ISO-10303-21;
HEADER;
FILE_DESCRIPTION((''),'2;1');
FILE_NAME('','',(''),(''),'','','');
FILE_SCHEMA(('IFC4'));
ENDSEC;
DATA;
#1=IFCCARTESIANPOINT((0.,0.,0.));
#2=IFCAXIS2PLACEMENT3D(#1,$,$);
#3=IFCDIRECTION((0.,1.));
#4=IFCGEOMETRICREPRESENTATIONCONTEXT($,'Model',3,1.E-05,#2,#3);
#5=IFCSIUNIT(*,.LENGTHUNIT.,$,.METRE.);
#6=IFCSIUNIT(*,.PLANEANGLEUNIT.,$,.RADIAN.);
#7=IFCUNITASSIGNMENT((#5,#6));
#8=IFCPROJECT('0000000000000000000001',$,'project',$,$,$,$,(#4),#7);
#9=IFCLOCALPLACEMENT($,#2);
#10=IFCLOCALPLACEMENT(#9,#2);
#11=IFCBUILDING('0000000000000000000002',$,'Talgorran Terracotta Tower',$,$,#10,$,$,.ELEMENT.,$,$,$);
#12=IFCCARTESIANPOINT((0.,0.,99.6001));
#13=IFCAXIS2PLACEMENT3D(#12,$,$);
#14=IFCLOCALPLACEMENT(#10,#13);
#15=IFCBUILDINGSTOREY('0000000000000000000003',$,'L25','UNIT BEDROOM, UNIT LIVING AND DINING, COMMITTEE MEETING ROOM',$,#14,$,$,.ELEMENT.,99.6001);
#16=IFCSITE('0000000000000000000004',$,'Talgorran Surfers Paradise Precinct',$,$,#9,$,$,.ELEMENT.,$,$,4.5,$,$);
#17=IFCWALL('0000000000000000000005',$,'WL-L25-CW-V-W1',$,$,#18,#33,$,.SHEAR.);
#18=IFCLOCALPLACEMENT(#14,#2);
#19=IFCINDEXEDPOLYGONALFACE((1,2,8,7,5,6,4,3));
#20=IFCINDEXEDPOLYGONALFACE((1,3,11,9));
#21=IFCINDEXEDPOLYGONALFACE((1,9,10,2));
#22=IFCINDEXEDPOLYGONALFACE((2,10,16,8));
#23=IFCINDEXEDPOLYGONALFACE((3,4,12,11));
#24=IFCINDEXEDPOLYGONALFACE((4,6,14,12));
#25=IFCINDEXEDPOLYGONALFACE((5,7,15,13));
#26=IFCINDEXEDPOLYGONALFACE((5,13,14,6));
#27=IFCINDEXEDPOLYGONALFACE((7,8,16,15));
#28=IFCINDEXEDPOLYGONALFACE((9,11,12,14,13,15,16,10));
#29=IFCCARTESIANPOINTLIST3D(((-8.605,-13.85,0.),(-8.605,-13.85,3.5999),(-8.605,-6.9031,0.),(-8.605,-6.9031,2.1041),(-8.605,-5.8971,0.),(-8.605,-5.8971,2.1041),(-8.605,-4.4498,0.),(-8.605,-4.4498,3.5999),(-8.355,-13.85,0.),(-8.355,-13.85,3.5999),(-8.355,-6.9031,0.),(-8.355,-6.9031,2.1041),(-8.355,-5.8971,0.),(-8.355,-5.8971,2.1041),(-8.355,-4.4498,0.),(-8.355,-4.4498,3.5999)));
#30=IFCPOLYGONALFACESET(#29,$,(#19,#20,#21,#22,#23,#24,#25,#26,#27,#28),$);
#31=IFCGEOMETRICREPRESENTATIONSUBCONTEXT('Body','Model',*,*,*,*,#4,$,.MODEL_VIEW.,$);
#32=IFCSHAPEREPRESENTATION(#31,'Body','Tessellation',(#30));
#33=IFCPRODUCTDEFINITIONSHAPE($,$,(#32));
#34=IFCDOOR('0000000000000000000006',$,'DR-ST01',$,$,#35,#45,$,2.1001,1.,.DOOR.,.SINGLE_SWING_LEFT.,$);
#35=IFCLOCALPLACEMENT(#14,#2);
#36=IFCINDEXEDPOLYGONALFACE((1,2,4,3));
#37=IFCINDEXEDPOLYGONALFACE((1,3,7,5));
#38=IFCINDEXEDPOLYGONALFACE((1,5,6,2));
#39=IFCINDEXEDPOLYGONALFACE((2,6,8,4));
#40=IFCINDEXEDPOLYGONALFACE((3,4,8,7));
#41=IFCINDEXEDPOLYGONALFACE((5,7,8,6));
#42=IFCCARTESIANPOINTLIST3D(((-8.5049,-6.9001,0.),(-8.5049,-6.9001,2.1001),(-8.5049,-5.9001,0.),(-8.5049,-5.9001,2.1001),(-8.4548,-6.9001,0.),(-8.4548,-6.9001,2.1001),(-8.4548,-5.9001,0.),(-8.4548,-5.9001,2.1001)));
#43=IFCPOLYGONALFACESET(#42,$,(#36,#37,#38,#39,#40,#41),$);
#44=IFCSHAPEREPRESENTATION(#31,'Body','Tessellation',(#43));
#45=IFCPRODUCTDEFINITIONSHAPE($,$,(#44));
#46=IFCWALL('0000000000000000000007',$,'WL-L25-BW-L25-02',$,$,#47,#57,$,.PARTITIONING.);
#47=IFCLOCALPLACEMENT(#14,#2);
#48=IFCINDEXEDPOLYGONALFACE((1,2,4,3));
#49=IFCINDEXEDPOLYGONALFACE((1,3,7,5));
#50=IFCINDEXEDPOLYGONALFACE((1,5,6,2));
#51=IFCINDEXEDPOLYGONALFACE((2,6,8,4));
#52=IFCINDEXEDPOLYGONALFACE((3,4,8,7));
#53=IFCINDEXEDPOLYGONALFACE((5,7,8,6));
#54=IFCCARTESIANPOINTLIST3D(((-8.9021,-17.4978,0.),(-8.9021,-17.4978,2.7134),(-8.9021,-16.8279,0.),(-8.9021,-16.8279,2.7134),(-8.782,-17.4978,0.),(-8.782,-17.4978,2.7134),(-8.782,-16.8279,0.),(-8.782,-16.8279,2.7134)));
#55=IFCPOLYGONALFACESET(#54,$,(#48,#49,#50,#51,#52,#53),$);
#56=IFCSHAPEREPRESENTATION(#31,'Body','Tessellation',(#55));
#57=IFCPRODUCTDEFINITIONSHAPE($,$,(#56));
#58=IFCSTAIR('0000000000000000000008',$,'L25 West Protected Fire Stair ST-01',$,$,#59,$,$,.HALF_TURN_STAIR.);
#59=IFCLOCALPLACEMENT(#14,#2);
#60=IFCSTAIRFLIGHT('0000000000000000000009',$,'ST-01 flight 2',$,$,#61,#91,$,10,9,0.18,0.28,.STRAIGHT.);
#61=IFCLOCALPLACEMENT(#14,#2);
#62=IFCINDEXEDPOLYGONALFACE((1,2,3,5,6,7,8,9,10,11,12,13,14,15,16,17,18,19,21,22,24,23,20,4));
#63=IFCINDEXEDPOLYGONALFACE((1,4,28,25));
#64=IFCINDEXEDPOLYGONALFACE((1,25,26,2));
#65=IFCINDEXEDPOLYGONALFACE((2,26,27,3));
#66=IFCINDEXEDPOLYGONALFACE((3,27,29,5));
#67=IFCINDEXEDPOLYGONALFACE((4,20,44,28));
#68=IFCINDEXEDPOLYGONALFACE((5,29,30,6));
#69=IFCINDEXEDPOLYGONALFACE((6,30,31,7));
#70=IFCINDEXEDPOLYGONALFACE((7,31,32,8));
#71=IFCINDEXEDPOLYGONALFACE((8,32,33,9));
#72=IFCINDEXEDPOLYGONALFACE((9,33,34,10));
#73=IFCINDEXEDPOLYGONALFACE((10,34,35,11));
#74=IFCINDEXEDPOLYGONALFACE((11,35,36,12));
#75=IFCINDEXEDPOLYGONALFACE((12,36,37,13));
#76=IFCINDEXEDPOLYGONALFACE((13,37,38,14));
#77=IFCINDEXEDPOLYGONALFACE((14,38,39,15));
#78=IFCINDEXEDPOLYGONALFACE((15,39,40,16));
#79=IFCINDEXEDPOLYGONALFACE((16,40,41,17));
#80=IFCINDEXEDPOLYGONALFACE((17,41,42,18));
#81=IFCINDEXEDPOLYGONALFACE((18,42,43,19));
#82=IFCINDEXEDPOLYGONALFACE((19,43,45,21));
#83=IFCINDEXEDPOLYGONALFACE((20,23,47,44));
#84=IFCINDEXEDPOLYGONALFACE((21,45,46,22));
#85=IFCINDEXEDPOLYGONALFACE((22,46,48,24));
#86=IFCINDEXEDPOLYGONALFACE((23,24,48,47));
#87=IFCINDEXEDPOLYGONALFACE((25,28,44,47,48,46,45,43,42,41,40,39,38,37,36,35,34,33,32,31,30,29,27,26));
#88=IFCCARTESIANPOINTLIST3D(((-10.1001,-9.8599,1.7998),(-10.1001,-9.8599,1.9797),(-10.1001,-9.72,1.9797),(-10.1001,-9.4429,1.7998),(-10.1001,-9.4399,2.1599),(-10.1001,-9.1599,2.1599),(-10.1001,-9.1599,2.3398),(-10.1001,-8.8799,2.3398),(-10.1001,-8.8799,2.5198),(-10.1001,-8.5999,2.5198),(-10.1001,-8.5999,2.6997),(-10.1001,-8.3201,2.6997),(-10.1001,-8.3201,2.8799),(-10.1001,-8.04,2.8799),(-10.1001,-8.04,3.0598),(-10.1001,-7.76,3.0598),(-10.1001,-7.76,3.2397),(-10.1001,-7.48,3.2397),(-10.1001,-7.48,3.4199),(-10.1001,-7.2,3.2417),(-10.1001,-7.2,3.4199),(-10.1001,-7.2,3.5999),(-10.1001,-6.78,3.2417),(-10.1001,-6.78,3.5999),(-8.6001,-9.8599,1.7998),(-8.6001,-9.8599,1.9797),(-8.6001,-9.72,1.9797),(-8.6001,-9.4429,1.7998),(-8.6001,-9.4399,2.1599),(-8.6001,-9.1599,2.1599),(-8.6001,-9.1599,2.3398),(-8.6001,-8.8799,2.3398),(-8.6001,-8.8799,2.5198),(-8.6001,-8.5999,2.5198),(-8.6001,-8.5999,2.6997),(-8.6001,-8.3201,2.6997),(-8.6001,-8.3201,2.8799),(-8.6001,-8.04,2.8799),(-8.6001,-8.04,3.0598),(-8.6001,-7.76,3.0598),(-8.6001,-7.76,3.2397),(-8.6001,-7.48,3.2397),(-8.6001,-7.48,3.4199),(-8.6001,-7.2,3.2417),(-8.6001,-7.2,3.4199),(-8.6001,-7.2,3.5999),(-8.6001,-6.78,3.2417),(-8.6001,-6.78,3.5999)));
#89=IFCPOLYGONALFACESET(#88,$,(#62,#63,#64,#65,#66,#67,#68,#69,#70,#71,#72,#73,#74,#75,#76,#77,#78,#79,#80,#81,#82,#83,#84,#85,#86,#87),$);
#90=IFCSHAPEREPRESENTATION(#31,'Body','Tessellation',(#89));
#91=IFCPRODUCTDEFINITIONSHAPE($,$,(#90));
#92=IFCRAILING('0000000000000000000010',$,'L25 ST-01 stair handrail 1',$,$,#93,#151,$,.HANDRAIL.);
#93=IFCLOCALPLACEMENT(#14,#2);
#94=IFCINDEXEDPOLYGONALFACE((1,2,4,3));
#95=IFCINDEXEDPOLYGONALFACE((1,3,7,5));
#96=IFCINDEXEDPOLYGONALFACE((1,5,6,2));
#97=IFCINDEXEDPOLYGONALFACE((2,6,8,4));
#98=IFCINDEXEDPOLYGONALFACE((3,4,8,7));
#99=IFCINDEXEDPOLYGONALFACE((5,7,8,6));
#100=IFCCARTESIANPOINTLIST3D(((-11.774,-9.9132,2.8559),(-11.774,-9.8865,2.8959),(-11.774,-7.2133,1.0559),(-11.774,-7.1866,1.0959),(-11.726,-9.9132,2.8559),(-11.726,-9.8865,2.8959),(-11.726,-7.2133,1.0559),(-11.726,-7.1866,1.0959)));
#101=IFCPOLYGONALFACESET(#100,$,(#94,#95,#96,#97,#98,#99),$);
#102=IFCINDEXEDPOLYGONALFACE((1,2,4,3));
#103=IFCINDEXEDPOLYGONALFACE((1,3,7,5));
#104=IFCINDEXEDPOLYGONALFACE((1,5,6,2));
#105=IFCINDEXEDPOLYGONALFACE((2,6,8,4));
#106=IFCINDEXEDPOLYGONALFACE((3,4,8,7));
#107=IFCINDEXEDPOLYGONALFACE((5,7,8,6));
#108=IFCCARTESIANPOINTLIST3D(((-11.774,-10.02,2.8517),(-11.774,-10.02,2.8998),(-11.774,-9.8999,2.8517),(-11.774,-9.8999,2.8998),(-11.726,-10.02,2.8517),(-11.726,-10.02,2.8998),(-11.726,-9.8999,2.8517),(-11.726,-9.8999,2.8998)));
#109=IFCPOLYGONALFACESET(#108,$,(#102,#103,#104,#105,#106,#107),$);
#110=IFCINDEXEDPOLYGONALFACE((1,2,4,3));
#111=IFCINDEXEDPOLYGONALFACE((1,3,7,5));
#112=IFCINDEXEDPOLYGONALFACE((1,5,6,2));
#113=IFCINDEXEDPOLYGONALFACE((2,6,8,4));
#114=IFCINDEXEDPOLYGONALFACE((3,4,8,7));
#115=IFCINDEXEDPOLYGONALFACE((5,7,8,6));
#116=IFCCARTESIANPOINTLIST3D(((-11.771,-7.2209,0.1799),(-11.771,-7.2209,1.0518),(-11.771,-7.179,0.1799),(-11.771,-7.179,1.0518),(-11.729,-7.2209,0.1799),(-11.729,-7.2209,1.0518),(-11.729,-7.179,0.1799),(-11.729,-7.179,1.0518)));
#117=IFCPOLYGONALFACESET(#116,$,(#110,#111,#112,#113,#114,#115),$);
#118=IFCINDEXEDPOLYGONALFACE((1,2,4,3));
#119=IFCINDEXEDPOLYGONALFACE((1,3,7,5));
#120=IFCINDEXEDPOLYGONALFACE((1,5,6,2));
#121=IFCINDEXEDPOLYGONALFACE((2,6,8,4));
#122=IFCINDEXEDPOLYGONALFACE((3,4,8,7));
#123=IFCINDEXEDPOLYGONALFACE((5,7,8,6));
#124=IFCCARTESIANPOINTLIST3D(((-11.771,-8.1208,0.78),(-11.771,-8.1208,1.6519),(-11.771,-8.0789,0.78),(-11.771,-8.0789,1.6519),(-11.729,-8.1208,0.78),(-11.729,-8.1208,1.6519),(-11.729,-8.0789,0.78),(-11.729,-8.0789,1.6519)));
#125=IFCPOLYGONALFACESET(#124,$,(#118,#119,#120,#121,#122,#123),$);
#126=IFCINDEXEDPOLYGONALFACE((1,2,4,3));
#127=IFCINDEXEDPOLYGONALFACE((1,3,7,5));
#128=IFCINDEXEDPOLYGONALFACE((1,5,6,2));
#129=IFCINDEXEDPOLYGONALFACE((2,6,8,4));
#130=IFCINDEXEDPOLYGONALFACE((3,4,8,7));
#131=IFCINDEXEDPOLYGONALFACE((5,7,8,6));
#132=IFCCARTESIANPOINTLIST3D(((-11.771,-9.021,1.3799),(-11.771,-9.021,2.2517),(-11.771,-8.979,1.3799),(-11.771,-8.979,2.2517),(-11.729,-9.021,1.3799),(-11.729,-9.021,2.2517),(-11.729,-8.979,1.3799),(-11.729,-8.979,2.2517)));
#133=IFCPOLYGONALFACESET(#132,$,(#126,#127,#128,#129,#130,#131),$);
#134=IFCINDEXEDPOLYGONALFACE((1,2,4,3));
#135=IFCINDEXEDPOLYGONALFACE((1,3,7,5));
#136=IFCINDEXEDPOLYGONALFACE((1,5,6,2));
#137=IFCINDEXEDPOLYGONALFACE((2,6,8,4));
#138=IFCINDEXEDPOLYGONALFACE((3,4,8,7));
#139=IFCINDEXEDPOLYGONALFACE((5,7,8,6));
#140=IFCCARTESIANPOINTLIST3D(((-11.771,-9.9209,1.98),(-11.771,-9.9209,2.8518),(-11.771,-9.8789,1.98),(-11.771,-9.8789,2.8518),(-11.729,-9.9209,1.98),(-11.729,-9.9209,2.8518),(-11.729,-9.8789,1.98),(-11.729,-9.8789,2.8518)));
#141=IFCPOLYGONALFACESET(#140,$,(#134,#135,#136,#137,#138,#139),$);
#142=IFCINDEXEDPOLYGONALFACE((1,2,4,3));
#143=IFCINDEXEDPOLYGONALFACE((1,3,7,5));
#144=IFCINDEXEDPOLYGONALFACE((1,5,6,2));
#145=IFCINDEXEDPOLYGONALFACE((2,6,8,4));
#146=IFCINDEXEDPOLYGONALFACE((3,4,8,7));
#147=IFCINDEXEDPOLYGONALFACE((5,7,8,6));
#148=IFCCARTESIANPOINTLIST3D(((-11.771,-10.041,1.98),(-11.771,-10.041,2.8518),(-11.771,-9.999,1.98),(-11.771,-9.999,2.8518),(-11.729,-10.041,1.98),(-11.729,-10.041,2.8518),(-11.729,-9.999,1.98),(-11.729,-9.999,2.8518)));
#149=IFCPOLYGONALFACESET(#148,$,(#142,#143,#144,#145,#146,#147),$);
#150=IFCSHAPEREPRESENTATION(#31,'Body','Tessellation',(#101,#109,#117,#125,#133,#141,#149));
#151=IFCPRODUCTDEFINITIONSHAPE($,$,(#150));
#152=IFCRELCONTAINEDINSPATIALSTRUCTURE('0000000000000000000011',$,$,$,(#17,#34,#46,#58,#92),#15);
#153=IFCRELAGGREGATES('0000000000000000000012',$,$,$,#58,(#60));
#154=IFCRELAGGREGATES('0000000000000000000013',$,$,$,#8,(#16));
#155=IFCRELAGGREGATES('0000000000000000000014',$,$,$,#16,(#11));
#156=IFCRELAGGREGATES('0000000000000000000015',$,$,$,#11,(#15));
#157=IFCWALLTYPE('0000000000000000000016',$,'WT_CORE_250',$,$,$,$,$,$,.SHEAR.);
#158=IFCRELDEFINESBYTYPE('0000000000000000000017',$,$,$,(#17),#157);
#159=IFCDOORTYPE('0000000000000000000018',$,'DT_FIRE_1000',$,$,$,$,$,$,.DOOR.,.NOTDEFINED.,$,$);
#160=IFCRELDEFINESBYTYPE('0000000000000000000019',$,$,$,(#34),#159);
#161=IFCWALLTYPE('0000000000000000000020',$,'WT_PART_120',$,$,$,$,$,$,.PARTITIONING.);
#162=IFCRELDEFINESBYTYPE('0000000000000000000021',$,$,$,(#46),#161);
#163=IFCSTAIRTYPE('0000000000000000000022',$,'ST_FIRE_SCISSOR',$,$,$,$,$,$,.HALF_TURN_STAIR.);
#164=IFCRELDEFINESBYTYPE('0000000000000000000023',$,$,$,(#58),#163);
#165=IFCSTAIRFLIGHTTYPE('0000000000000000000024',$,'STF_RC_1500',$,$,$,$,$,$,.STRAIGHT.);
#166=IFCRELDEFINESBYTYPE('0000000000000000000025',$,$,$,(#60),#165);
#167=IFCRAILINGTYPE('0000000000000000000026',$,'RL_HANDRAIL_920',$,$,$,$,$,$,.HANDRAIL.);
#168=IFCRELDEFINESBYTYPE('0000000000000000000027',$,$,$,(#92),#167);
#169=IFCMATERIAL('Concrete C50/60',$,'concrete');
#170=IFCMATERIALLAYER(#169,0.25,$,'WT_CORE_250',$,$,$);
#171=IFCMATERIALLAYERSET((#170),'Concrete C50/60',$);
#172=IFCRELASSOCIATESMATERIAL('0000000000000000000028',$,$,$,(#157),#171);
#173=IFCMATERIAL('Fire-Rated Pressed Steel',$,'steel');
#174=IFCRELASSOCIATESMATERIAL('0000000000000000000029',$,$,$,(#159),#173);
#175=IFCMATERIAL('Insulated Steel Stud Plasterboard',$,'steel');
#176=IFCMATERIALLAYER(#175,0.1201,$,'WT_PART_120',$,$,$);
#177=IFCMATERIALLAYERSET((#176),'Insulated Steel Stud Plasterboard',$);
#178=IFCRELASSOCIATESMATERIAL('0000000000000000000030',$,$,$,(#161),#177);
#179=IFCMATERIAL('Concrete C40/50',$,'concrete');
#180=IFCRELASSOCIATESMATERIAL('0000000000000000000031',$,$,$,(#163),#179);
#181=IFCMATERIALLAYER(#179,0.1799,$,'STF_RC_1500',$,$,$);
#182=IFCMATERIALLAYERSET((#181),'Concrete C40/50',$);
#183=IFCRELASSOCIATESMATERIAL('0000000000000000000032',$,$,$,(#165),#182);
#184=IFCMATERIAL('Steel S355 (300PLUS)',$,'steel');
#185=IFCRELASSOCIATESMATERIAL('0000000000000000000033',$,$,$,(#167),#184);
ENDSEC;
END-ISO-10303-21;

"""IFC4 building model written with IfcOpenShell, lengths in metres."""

from ifc_helpers import new_model, si_unit, direction, frame, frame_2d, origin, origin_2d, place, context, subcontext, project, spatial, polyline, rectangle, outline, extrude, material, layer, layer_set, type_object, element, fill, aggregate, save


model = new_model("IFC4")

# Units and contexts
model_context = context("Model", 3, precision=1e-05, world=origin(), true_north=direction((0.0, 1.0)))
body_context = subcontext(model_context, "Body", "Model", "MODEL_VIEW")
ifc_project = project(units=[si_unit("LENGTHUNIT", "METRE"), si_unit("PLANEANGLEUNIT", "RADIAN")], contexts=[model_context])

# Site, building, storey
site_placement = place(None, origin())
site = spatial("IfcSite", under=ifc_project, at=site_placement, Name="Talgorran Surfers Paradise Precinct", CompositionType="ELEMENT", RefElevation=4.5)
building_placement = place(site_placement, origin())
building = spatial("IfcBuilding", under=site, at=building_placement, Name="Talgorran Terracotta Tower", CompositionType="ELEMENT")
storey_placement = place(building_placement, frame((0.0, 0.0, 99.6001)))
storey = spatial("IfcBuildingStorey", under=building, at=storey_placement, Name="L25", Description="UNIT BEDROOM, UNIT LIVING AND DINING, COMMITTEE MEETING ROOM", CompositionType="ELEMENT", Elevation=99.6001)

# Shared definitions
ifc_material_1 = material(Name="Steel S355 (300PLUS)", Category="steel")

# Shared definitions
ifc_material_2 = material(Name="Concrete C50/60", Category="concrete")

# Shared definitions
ifc_material_3 = material(Name="Fire-Rated Pressed Steel", Category="steel")

# Wall, opening, door
ifc_layer_1 = layer(ifc_material_2, 0.25, Name="WT_CORE_250")
ifc_layer_set_1 = layer_set([ifc_layer_1], Name="Concrete C50/60")
wall_type_1 = type_object("IfcWallType", Name="WT_CORE_250", PredefinedType="SHEAR", material=ifc_layer_set_1)
wall_1_placement = place(storey_placement, frame((-8.48, -13.8501, 0.0), z_axis=(0.0, 0.0, 1.0), x_axis=(0.0, 1.0, 0.0)))
wall_1 = element("IfcWall", 1, at=wall_1_placement, inside=storey, type_object=wall_type_1, Name="WL-L25-CW-V-W1", PredefinedType="SHEAR", context=body_context, shape_type="SweptSolid", body=[
    extrude(rectangle(XDim=9.4001, YDim=0.25, at=frame_2d((4.7002, 0.0))), origin(), (0.0, 0.0, 1.0), 3.5999),
])
opening_1_placement = place(wall_1_placement, frame((6.95, 0.0, 0.0)))
opening_1 = element("IfcOpeningElement", 2, at=opening_1_placement, cuts=wall_1, PredefinedType="OPENING", context=body_context, shape_type="SweptSolid", body=[
    extrude(rectangle(XDim=1.006, YDim=2.1041, at=frame_2d((0.5, 1.052))), frame((0.0, 0.135, 0.0), z_axis=(0.0, -1.0, 0.0), x_axis=(1.0, 0.0, 0.0)), (0.0, 0.0, 1.0), 0.27),
])
door_type_1 = type_object("IfcDoorType", Name="DT_FIRE_1000", OperationType="NOTDEFINED", PredefinedType="DOOR", material=ifc_material_3)
door_1_placement = place(opening_1_placement, origin())
door_1 = element("IfcDoor", 3, at=door_1_placement, inside=storey, type_object=door_type_1, Name="DR-ST01", OperationType="SINGLE_SWING_LEFT", OverallHeight=2.1001, OverallWidth=1.0, PredefinedType="DOOR", context=body_context, shape_type="SweptSolid", body=[
    extrude(rectangle(XDim=1.0, YDim=2.1001, at=frame_2d((0.5, 1.05))), frame((0.0, 0.0249, 0.0), z_axis=(0.0, -1.0, 0.0), x_axis=(1.0, 0.0, 0.0)), (0.0, 0.0, 1.0), 0.05),
])
fill(opening_1, door_1)

# Wall
ifc_material_4 = material(Name="Insulated Steel Stud Plasterboard", Category="steel")
ifc_layer_2 = layer(ifc_material_4, 0.1201, Name="WT_PART_120")
ifc_layer_set_2 = layer_set([ifc_layer_2], Name="Insulated Steel Stud Plasterboard")
wall_type_2 = type_object("IfcWallType", Name="WT_PART_120", PredefinedType="PARTITIONING", material=ifc_layer_set_2)
wall_2_placement = place(storey_placement, frame((-8.842, -16.8279, 0.0), z_axis=(0.0, 0.0, 1.0), x_axis=(0.0, -1.0, 0.0)))
element("IfcWall", 4, at=wall_2_placement, inside=storey, type_object=wall_type_2, Name="WL-L25-BW-L25-02", PredefinedType="PARTITIONING", context=body_context, shape_type="SweptSolid", body=[
    extrude(rectangle(XDim=0.6699, YDim=0.1201, at=frame_2d((0.335, 0.0))), origin(), (0.0, 0.0, 1.0), 2.7134),
])

# Stair, stair flight
ifc_material_5 = material(Name="Concrete C40/50", Category="concrete")
stair_type = type_object("IfcStairType", Name="ST_FIRE_SCISSOR", PredefinedType="HALF_TURN_STAIR", material=ifc_material_5)
stair_placement = place(storey_placement, origin())
stair = element("IfcStair", 5, at=stair_placement, inside=storey, type_object=stair_type, Name="L25 West Protected Fire Stair ST-01", PredefinedType="HALF_TURN_STAIR")
ifc_layer_3 = layer(ifc_material_5, 0.1799, Name="STF_RC_1500")
ifc_layer_set_3 = layer_set([ifc_layer_3], Name="Concrete C40/50")
stair_flight_type = type_object("IfcStairFlightType", Name="STF_RC_1500", PredefinedType="STRAIGHT", material=ifc_layer_set_3)
stair_flight_placement = place(storey_placement, frame((-9.3501, -9.72, 1.7998), z_axis=(0.0, 0.0, 1.0), x_axis=(0.0, 1.0, 0.0)))
stair_flight = element("IfcStairFlight", 6, at=stair_flight_placement, type_object=stair_flight_type, Name="ST-01 flight 2", NumberOfRisers=10, NumberOfTreads=9, PredefinedType="STRAIGHT", RiserHeight=0.18, TreadLength=0.28, context=body_context, shape_type="SweptSolid", body=[
    extrude(outline(polyline([(-0.1399, 0.0), (-0.1399, 0.1799), (0.0, 0.1799), (0.28, 0.3601), (0.5601, 0.3601), (0.5601, 0.54), (0.8401, 0.54), (0.8401, 0.72), (1.1201, 0.72), (1.1201, 0.8999), (1.3999, 0.8999), (1.3999, 1.0801), (1.6799, 1.0801), (1.6799, 1.26), (1.96, 1.26), (1.96, 1.4399), (2.24, 1.4399), (2.24, 1.6201), (2.52, 1.6201), (2.52, 1.8), (2.9399, 1.8), (2.9399, 1.4419), (2.52, 1.4419), (0.2771, 0.0), (-0.1399, 0.0)])), frame((0.0, 0.75, 0.0), z_axis=(0.0, -1.0, 0.0), x_axis=(1.0, 0.0, 0.0)), (0.0, 0.0, 1.0), 1.5),
])
aggregate(stair, [stair_flight])

# Railing
railing_type_1 = type_object("IfcRailingType", Name="RL_HANDRAIL_920", PredefinedType="HANDRAIL", material=ifc_material_1)
railing_1_placement = place(storey_placement, frame((-11.75, -7.2, 0.1799)))
element("IfcRailing", 7, at=railing_1_placement, inside=storey, type_object=railing_type_1, Name="L25 ST-01 stair handrail 1", PredefinedType="HANDRAIL", context=body_context, shape_type="SweptSolid", body=[
    extrude(rectangle(XDim=0.0481, YDim=0.0481, at=origin_2d()), frame((0.0, 0.0, 0.896), z_axis=(0.0, -0.832039, 0.554718), x_axis=(1.0, 0.0, 0.0)), (0.0, 0.0, 1.0), 3.2449),
    extrude(rectangle(XDim=0.0481, YDim=0.0481, at=origin_2d()), frame((0.0, -2.7, 2.6958), z_axis=(0.0, -1.0, 0.0), x_axis=(1.0, 0.0, 0.0)), (0.0, 0.0, 1.0), 0.1201),
    extrude(rectangle(XDim=0.042, YDim=0.042, at=origin_2d()), origin(), (0.0, 0.0, 1.0), 0.8718),
    extrude(rectangle(XDim=0.042, YDim=0.042, at=origin_2d()), frame((0.0, -0.8999, 0.6001)), (0.0, 0.0, 1.0), 0.8718),
    extrude(rectangle(XDim=0.042, YDim=0.042, at=origin_2d()), frame((0.0, -1.8, 1.2)), (0.0, 0.0, 1.0), 0.8718),
    extrude(rectangle(XDim=0.042, YDim=0.042, at=origin_2d()), frame((0.0, -2.7, 1.8)), (0.0, 0.0, 1.0), 0.8718),
    extrude(rectangle(XDim=0.042, YDim=0.042, at=origin_2d()), frame((0.0, -2.8201, 1.8)), (0.0, 0.0, 1.0), 0.8718),
])

save(model, "model.ifc")
